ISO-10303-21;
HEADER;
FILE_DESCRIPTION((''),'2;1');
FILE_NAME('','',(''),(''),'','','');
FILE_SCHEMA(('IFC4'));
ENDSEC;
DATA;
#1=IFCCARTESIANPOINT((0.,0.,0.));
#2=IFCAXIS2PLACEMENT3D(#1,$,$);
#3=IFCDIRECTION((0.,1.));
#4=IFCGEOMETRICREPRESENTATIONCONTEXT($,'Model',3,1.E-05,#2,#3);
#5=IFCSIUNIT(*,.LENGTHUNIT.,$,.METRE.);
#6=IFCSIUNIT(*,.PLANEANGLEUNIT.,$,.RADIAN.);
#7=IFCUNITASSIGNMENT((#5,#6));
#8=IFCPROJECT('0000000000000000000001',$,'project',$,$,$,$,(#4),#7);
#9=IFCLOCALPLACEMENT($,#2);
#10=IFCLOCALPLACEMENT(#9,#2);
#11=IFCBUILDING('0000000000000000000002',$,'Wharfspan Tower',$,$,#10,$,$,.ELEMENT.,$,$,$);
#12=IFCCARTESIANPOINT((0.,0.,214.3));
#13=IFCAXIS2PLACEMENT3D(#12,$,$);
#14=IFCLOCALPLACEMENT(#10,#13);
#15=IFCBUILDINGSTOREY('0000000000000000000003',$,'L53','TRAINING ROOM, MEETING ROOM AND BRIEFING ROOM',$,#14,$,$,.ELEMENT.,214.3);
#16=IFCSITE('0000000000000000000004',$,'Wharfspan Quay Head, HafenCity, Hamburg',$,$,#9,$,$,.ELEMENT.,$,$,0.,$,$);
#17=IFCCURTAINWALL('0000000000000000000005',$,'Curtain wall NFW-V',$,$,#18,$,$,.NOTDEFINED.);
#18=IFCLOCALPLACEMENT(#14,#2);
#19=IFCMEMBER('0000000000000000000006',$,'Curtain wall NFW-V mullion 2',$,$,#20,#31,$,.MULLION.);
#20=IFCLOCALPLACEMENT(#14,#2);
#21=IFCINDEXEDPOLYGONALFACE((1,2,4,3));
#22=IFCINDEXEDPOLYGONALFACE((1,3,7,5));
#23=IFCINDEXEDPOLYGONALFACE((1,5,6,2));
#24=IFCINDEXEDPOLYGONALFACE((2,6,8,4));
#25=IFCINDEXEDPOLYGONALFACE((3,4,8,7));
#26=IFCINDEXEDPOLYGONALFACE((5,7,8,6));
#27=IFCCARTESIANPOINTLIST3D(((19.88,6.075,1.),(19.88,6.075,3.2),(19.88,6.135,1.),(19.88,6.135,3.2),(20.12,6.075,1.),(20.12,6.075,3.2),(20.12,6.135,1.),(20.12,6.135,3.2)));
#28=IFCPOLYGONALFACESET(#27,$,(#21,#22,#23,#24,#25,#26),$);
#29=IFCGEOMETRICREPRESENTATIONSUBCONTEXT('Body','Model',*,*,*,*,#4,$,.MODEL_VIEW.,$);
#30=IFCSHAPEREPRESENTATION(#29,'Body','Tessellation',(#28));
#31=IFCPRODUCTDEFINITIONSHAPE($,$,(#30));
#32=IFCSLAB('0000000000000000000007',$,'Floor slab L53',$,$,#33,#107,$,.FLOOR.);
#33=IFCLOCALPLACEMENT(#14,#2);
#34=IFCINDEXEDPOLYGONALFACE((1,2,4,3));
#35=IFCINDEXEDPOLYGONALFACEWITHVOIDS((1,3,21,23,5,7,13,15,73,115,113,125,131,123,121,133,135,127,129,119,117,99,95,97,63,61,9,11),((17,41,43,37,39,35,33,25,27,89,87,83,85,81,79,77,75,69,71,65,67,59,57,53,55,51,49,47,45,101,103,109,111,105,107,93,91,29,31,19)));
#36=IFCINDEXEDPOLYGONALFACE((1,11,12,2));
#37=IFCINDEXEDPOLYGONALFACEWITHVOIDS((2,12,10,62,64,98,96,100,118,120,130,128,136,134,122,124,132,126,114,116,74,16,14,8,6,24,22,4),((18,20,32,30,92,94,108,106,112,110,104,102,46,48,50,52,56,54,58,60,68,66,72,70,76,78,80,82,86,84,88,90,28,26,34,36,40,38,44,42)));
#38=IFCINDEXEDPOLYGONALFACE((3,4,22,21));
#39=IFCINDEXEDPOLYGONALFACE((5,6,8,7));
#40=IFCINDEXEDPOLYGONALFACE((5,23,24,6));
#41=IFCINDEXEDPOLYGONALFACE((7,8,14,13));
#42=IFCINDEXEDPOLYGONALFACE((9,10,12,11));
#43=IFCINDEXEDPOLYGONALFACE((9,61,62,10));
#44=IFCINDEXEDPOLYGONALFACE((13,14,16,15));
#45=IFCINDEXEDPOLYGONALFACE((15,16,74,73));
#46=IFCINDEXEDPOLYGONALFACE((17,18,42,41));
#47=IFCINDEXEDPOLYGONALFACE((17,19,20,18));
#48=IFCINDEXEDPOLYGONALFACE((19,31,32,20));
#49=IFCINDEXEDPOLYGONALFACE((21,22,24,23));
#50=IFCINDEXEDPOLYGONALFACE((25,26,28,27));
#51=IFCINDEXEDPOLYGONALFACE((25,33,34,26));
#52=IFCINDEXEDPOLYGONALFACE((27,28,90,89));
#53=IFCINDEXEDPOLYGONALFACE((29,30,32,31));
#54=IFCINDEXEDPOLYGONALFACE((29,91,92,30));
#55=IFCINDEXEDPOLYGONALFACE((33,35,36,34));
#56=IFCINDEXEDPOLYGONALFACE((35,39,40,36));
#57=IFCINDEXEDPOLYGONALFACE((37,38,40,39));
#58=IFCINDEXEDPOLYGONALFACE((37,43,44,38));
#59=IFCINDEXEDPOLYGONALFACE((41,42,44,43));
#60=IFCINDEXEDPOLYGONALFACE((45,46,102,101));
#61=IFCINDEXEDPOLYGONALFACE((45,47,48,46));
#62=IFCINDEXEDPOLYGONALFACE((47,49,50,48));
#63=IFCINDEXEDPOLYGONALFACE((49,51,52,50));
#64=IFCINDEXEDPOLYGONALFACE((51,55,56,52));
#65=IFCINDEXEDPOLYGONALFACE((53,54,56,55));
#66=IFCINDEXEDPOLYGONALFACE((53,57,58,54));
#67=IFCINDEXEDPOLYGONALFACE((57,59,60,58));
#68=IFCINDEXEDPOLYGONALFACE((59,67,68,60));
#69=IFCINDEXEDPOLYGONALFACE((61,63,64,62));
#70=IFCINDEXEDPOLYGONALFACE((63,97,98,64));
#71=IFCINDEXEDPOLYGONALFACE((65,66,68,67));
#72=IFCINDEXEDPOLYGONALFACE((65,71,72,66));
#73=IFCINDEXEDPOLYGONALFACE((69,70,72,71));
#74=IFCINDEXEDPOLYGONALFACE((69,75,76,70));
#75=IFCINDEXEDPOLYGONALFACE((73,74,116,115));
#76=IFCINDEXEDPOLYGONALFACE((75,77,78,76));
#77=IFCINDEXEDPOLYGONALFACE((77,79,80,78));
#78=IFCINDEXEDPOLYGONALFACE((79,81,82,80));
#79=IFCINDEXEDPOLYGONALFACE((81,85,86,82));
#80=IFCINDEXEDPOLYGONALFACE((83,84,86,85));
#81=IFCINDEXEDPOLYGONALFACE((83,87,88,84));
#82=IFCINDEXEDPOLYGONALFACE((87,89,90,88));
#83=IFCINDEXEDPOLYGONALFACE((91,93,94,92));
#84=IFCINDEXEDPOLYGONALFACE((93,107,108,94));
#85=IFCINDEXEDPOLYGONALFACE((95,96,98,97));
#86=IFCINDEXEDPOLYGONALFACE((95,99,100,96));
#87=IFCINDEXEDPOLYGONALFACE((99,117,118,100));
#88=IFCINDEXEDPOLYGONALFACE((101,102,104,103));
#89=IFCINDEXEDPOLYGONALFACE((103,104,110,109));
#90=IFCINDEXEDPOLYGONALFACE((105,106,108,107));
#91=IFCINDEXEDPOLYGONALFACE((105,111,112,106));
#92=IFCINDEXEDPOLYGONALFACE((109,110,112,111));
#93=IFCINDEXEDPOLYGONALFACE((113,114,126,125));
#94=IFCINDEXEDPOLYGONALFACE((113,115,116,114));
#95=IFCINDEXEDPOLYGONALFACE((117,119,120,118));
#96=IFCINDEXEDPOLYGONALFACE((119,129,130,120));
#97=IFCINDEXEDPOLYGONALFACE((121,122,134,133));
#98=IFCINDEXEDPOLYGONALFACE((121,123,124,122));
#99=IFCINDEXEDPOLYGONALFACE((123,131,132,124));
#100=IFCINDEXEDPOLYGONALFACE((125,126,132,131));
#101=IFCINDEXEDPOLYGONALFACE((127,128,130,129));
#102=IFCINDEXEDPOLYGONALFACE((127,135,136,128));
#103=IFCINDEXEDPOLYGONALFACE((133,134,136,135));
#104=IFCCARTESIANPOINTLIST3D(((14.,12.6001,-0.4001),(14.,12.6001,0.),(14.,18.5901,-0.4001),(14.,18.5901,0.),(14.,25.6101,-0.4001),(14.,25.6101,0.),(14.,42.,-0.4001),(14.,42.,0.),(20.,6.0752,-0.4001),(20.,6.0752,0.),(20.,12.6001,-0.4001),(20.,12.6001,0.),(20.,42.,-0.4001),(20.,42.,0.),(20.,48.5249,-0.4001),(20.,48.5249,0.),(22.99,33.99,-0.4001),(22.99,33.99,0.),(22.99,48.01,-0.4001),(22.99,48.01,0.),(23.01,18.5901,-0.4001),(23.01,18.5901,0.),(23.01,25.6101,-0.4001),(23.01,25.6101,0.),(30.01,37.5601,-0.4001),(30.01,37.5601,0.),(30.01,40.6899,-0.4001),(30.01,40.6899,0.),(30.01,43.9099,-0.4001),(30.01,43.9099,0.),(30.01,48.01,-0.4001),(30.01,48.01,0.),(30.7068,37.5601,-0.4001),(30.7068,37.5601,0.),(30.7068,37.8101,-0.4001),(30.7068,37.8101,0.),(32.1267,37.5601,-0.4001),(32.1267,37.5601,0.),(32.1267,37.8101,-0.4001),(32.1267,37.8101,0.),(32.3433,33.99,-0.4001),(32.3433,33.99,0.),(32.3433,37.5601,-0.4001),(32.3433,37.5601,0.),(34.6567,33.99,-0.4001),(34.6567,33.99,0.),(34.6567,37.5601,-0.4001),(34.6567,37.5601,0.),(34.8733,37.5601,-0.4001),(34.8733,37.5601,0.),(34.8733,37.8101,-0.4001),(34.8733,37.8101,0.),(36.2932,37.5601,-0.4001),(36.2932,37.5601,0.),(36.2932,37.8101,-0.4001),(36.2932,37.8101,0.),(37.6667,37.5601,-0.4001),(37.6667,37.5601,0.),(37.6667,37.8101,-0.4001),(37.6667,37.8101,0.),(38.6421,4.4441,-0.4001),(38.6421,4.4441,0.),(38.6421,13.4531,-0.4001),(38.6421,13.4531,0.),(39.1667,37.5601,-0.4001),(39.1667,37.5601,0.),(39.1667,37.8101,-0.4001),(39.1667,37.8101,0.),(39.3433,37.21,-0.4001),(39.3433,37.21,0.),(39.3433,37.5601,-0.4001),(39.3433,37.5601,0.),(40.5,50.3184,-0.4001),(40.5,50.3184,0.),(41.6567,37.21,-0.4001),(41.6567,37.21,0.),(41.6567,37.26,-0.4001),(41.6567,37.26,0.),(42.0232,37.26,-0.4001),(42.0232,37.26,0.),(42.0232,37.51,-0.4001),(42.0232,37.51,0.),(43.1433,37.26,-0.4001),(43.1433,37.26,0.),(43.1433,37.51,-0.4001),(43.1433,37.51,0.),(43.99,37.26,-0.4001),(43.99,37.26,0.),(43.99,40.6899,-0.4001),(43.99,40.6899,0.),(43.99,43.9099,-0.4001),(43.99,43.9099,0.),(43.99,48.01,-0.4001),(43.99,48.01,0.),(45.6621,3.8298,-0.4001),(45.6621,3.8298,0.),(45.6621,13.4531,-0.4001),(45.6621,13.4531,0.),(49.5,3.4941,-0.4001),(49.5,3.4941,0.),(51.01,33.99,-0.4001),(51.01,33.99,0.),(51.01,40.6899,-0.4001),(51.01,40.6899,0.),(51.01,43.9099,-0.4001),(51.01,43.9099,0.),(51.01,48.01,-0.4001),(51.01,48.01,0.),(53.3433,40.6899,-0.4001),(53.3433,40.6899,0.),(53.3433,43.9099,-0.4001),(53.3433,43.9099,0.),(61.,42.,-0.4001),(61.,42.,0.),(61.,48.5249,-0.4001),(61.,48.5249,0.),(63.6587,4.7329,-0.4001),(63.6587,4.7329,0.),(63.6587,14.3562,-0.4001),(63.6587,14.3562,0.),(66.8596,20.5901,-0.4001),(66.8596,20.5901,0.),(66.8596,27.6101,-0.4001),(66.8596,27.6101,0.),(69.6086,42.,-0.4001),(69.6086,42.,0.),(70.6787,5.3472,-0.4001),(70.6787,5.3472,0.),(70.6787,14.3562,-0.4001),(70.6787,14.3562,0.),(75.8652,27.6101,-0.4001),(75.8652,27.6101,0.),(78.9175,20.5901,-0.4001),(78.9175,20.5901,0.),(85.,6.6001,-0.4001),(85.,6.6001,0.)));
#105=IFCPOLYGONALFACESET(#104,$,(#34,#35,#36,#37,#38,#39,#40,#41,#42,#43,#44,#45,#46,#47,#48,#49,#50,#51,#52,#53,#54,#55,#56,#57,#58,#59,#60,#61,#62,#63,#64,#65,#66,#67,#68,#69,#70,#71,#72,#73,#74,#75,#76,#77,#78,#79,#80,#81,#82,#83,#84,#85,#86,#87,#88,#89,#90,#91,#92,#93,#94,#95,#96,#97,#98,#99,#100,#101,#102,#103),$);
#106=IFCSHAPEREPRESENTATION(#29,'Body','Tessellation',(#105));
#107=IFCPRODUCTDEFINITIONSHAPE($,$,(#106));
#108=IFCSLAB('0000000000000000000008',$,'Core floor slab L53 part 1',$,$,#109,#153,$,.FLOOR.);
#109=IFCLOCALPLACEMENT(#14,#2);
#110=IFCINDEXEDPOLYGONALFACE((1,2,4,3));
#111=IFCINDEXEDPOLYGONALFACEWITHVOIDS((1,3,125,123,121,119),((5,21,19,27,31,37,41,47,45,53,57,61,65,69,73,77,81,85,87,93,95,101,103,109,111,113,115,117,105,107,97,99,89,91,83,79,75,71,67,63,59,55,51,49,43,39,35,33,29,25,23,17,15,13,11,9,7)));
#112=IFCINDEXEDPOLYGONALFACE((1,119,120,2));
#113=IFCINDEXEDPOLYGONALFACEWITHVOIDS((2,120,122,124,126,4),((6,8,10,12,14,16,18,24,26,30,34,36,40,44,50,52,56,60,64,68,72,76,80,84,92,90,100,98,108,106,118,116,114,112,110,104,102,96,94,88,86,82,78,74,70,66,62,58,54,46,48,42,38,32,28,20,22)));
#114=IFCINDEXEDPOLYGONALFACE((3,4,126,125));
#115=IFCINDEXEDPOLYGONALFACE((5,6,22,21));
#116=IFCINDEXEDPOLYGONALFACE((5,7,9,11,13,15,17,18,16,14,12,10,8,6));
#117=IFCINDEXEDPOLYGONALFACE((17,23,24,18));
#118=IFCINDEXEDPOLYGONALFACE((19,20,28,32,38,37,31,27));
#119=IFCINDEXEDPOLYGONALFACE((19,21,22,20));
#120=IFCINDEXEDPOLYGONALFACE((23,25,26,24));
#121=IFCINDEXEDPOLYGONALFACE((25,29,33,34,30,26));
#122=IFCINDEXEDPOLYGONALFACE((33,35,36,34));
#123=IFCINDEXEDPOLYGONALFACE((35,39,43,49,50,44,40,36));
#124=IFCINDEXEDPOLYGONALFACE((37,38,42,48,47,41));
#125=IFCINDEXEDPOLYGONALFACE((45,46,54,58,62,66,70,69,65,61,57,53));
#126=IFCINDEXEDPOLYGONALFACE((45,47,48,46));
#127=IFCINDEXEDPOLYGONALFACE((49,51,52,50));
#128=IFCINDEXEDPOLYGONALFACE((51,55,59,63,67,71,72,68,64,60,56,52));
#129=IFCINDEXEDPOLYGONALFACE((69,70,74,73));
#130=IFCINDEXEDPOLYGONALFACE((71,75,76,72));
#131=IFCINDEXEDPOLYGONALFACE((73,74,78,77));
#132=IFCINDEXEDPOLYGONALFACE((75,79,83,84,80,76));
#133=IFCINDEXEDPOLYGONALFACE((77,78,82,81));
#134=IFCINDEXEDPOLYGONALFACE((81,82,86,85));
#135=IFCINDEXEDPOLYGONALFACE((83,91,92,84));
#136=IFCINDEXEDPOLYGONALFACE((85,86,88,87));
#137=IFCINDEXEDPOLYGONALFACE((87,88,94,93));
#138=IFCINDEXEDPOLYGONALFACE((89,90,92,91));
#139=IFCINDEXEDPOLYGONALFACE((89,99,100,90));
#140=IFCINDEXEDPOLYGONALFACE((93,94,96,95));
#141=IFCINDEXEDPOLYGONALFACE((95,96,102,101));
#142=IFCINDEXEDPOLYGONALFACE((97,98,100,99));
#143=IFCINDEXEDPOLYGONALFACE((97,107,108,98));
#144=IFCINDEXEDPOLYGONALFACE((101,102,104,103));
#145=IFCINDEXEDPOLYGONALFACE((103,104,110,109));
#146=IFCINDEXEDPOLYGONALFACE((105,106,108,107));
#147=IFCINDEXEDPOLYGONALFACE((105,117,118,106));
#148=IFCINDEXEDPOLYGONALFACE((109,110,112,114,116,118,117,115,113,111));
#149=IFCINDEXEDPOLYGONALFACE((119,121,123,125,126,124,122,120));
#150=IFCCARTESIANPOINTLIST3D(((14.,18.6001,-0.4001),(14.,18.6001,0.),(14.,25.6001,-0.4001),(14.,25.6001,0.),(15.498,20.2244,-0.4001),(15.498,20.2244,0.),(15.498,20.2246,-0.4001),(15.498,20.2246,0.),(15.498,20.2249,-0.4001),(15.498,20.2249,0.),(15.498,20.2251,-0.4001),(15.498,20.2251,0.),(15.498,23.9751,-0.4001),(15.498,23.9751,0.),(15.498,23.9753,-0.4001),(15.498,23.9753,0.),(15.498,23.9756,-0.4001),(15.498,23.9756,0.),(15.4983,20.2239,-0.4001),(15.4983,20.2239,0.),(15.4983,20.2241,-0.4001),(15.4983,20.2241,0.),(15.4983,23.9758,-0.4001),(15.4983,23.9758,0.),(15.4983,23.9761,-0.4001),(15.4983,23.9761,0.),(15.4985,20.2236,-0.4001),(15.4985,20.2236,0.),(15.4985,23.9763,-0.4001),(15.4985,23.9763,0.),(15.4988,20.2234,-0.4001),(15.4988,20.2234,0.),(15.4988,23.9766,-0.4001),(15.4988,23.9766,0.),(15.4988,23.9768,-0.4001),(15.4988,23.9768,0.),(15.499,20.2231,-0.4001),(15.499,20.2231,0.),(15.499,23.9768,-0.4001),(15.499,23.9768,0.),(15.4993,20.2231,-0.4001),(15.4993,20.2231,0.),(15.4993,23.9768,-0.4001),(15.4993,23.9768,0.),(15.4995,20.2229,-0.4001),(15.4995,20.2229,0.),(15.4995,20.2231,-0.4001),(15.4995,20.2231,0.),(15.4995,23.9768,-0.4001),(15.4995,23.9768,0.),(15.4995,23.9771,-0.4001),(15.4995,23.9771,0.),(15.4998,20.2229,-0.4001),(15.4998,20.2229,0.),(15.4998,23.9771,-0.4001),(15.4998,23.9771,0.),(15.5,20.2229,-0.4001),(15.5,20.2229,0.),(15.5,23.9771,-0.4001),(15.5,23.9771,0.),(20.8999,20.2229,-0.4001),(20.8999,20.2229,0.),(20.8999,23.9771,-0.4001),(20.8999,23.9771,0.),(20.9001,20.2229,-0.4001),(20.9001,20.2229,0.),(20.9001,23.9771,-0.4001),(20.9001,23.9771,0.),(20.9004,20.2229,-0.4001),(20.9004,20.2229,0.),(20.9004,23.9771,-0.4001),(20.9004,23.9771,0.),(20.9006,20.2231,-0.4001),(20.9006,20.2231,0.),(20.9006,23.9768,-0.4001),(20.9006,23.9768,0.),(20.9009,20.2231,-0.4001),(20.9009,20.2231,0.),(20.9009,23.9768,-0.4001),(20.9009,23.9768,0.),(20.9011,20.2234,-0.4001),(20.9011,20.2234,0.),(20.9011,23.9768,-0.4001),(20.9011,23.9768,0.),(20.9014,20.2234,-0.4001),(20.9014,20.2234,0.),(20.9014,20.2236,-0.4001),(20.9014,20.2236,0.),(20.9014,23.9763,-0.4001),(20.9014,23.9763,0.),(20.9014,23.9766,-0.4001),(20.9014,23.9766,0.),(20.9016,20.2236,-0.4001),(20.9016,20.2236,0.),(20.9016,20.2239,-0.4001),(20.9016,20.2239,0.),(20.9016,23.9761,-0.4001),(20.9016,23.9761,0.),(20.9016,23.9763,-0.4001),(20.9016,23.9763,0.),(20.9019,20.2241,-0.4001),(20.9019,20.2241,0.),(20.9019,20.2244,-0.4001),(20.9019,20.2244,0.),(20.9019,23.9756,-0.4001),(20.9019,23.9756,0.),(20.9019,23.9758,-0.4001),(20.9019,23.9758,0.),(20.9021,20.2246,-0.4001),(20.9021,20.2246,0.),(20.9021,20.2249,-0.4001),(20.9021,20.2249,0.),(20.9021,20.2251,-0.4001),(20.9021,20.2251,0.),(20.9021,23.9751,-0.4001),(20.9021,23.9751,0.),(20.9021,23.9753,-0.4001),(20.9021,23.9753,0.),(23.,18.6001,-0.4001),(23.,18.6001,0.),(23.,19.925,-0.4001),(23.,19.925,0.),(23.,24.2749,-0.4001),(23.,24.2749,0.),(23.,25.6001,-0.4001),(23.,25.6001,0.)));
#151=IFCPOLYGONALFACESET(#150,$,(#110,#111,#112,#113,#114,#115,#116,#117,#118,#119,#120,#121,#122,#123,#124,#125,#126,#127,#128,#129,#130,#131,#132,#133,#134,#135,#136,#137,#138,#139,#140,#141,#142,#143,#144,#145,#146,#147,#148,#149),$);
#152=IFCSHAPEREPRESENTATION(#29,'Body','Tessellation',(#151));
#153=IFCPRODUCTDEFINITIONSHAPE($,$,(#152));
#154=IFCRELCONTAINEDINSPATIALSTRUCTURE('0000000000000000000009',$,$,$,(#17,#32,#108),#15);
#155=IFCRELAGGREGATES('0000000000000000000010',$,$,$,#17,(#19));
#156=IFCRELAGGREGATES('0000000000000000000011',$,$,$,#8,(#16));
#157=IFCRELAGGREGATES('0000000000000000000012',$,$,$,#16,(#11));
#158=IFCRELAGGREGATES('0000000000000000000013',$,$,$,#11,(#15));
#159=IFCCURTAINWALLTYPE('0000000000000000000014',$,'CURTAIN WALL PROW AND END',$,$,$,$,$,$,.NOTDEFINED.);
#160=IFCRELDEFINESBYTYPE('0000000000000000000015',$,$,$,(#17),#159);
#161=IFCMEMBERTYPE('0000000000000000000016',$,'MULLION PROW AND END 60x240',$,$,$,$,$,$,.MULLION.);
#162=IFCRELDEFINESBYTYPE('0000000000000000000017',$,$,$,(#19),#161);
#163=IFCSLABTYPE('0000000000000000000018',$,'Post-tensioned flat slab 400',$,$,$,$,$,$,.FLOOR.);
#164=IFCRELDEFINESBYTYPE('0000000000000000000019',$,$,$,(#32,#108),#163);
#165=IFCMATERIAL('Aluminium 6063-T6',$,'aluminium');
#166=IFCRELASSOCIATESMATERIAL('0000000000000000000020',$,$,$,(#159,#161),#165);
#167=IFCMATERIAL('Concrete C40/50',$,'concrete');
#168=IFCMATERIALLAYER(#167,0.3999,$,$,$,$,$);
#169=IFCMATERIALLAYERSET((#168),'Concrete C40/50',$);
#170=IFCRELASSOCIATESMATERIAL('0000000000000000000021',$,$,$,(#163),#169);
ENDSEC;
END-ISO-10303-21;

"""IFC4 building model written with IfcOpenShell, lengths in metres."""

from ifc_helpers import new_model, si_unit, direction, frame, origin, origin_2d, place, context, subcontext, project, spatial, polyline, rectangle, outline, extrude, material, layer, layer_set, material_profile, profile_set, type_object, element, aggregate, save


model = new_model("IFC4")

# Units and contexts
model_context = context("Model", 3, precision=1e-05, world=origin(), true_north=direction((0.0, 1.0)))
body_context = subcontext(model_context, "Body", "Model", "MODEL_VIEW")
ifc_project = project(units=[si_unit("LENGTHUNIT", "METRE"), si_unit("PLANEANGLEUNIT", "RADIAN")], contexts=[model_context])

# Site, building, storey
site_placement = place(None, origin())
site = spatial("IfcSite", under=ifc_project, at=site_placement, Name="Wharfspan Quay Head, HafenCity, Hamburg", CompositionType="ELEMENT", RefElevation=0.0)
building_placement = place(site_placement, origin())
building = spatial("IfcBuilding", under=site, at=building_placement, Name="Wharfspan Tower", CompositionType="ELEMENT")
storey_placement = place(building_placement, frame((0.0, 0.0, 214.3)))
storey = spatial("IfcBuildingStorey", under=building, at=storey_placement, Name="L53", Description="TRAINING ROOM, MEETING ROOM AND BRIEFING ROOM", CompositionType="ELEMENT", Elevation=214.3)

# Curtain wall, member
ifc_material_1 = material(Name="Aluminium 6063-T6", Category="aluminium")
curtain_wall_type = type_object("IfcCurtainWallType", Name="CURTAIN WALL PROW AND END", PredefinedType="NOTDEFINED", material=ifc_material_1)
curtain_wall_placement = place(storey_placement, origin())
curtain_wall = element("IfcCurtainWall", 1, at=curtain_wall_placement, inside=storey, type_object=curtain_wall_type, Name="Curtain wall NFW-V", PredefinedType="NOTDEFINED")
ifc_material_profile = material_profile(ifc_material_1, rectangle(XDim=0.24, YDim=0.0601, at=origin_2d()))
ifc_profile_set = profile_set([ifc_material_profile], Name="Aluminium 6063-T6")
member_type = type_object("IfcMemberType", Name="MULLION PROW AND END 60x240", PredefinedType="MULLION", material=ifc_profile_set)
member_placement = place(storey_placement, frame((20.0, 6.105, 1.0), z_axis=(0.0, 0.0, 1.0), x_axis=(1.0, 0.0, 0.0)))
member = element("IfcMember", 2, at=member_placement, type_object=member_type, Name="Curtain wall NFW-V mullion 2", PredefinedType="MULLION", context=body_context, shape_type="SweptSolid", body=[
    extrude(rectangle(XDim=0.24, YDim=0.0601, at=origin_2d()), origin(), (0.0, 0.0, 1.0), 2.2),
])
aggregate(curtain_wall, [member])

# Slabs
ifc_material_2 = material(Name="Concrete C40/50", Category="concrete")
ifc_layer_1 = layer(ifc_material_2, 0.3999)
ifc_layer_set_1 = layer_set([ifc_layer_1], Name="Concrete C40/50")
slab_type_1 = type_object("IfcSlabType", Name="Post-tensioned flat slab 400", PredefinedType="FLOOR", material=ifc_layer_set_1)
slab_1_placement = place(storey_placement, frame((0.0, 0.0, -0.4001)))
element("IfcSlab", 3, at=slab_1_placement, inside=storey, type_object=slab_type_1, Name="Floor slab L53", PredefinedType="FLOOR", context=body_context, shape_type="SweptSolid", body=[
    extrude(outline(polyline([(38.6421, 4.4441), (38.6421, 13.4531), (45.6621, 13.4531), (45.6621, 3.8298), (49.5, 3.4941), (63.6587, 4.7329), (63.6587, 14.3562), (70.6787, 14.3562), (70.6787, 5.3472), (85.0, 6.6001), (78.9175, 20.5901), (66.8596, 20.5901), (66.8596, 27.6101), (75.8652, 27.6101), (69.6086, 42.0), (61.0, 42.0), (61.0, 48.5249), (40.5, 50.3184), (20.0, 48.5249), (20.0, 42.0), (14.0, 42.0), (14.0, 25.6101), (23.01, 25.6101), (23.01, 18.5901), (14.0, 18.5901), (14.0, 12.6001), (20.0, 12.6001), (20.0, 6.0752), (38.6421, 4.4441)]), holes=[polyline([(32.1267, 37.5601), (32.3433, 37.5601), (32.3433, 33.99), (22.99, 33.99), (22.99, 48.01), (30.01, 48.01), (30.01, 43.9099), (43.99, 43.9099), (43.99, 48.01), (51.01, 48.01), (51.01, 43.9099), (53.3433, 43.9099), (53.3433, 40.6899), (51.01, 40.6899), (51.01, 33.99), (34.6567, 33.99), (34.6567, 37.5601), (34.8733, 37.5601), (34.8733, 37.8101), (36.2932, 37.8101), (36.2932, 37.5601), (37.6667, 37.5601), (37.6667, 37.8101), (39.1667, 37.8101), (39.1667, 37.5601), (39.3433, 37.5601), (39.3433, 37.21), (41.6567, 37.21), (41.6567, 37.26), (42.0232, 37.26), (42.0232, 37.51), (43.1433, 37.51), (43.1433, 37.26), (43.99, 37.26), (43.99, 40.6899), (30.01, 40.6899), (30.01, 37.5601), (30.7068, 37.5601), (30.7068, 37.8101), (32.1267, 37.8101), (32.1267, 37.5601)])]), origin(), (0.0, 0.0, 1.0), 0.4001),
])
slab_2_placement = place(storey_placement, frame((0.0, 0.0, -0.4001)))
element("IfcSlab", 4, at=slab_2_placement, inside=storey, type_object=slab_type_1, Name="Core floor slab L53 part 1", PredefinedType="FLOOR", context=body_context, shape_type="SweptSolid", body=[
    extrude(outline(polyline([(23.0, 19.925), (23.0, 24.2749), (23.0, 25.6001), (14.0, 25.6001), (14.0, 18.6001), (23.0, 18.6001), (23.0, 19.925)]), holes=[polyline([(20.8999, 23.9771), (20.9001, 23.9771), (20.9004, 23.9771), (20.9006, 23.9768), (20.9009, 23.9768), (20.9009, 23.9768), (20.9011, 23.9768), (20.9014, 23.9766), (20.9014, 23.9763), (20.9016, 23.9763), (20.9016, 23.9761), (20.9019, 23.9758), (20.9019, 23.9758), (20.9019, 23.9756), (20.9021, 23.9753), (20.9021, 23.9751), (20.9021, 23.9751), (20.9021, 20.2251), (20.9021, 20.2249), (20.9021, 20.2246), (20.9019, 20.2244), (20.9019, 20.2241), (20.9019, 20.2241), (20.9016, 20.2239), (20.9016, 20.2236), (20.9014, 20.2236), (20.9014, 20.2234), (20.9011, 20.2234), (20.9009, 20.2231), (20.9009, 20.2231), (20.9006, 20.2231), (20.9004, 20.2229), (20.9001, 20.2229), (20.8999, 20.2229), (15.5, 20.2229), (15.4998, 20.2229), (15.4995, 20.2229), (15.4995, 20.2231), (15.4993, 20.2231), (15.499, 20.2231), (15.4988, 20.2234), (15.4988, 20.2234), (15.4985, 20.2236), (15.4985, 20.2236), (15.4983, 20.2239), (15.4983, 20.2241), (15.4983, 20.2241), (15.498, 20.2244), (15.498, 20.2246), (15.498, 20.2249), (15.498, 20.2251), (15.498, 23.9751), (15.498, 23.9751), (15.498, 23.9753), (15.498, 23.9756), (15.4983, 23.9758), (15.4983, 23.9758), (15.4983, 23.9761), (15.4985, 23.9763), (15.4985, 23.9763), (15.4988, 23.9766), (15.4988, 23.9768), (15.499, 23.9768), (15.4993, 23.9768), (15.4995, 23.9768), (15.4995, 23.9771), (15.4998, 23.9771), (15.5, 23.9771), (20.8999, 23.9771)])]), origin(), (0.0, 0.0, 1.0), 0.4001),
])

save(model, "model.ifc")
